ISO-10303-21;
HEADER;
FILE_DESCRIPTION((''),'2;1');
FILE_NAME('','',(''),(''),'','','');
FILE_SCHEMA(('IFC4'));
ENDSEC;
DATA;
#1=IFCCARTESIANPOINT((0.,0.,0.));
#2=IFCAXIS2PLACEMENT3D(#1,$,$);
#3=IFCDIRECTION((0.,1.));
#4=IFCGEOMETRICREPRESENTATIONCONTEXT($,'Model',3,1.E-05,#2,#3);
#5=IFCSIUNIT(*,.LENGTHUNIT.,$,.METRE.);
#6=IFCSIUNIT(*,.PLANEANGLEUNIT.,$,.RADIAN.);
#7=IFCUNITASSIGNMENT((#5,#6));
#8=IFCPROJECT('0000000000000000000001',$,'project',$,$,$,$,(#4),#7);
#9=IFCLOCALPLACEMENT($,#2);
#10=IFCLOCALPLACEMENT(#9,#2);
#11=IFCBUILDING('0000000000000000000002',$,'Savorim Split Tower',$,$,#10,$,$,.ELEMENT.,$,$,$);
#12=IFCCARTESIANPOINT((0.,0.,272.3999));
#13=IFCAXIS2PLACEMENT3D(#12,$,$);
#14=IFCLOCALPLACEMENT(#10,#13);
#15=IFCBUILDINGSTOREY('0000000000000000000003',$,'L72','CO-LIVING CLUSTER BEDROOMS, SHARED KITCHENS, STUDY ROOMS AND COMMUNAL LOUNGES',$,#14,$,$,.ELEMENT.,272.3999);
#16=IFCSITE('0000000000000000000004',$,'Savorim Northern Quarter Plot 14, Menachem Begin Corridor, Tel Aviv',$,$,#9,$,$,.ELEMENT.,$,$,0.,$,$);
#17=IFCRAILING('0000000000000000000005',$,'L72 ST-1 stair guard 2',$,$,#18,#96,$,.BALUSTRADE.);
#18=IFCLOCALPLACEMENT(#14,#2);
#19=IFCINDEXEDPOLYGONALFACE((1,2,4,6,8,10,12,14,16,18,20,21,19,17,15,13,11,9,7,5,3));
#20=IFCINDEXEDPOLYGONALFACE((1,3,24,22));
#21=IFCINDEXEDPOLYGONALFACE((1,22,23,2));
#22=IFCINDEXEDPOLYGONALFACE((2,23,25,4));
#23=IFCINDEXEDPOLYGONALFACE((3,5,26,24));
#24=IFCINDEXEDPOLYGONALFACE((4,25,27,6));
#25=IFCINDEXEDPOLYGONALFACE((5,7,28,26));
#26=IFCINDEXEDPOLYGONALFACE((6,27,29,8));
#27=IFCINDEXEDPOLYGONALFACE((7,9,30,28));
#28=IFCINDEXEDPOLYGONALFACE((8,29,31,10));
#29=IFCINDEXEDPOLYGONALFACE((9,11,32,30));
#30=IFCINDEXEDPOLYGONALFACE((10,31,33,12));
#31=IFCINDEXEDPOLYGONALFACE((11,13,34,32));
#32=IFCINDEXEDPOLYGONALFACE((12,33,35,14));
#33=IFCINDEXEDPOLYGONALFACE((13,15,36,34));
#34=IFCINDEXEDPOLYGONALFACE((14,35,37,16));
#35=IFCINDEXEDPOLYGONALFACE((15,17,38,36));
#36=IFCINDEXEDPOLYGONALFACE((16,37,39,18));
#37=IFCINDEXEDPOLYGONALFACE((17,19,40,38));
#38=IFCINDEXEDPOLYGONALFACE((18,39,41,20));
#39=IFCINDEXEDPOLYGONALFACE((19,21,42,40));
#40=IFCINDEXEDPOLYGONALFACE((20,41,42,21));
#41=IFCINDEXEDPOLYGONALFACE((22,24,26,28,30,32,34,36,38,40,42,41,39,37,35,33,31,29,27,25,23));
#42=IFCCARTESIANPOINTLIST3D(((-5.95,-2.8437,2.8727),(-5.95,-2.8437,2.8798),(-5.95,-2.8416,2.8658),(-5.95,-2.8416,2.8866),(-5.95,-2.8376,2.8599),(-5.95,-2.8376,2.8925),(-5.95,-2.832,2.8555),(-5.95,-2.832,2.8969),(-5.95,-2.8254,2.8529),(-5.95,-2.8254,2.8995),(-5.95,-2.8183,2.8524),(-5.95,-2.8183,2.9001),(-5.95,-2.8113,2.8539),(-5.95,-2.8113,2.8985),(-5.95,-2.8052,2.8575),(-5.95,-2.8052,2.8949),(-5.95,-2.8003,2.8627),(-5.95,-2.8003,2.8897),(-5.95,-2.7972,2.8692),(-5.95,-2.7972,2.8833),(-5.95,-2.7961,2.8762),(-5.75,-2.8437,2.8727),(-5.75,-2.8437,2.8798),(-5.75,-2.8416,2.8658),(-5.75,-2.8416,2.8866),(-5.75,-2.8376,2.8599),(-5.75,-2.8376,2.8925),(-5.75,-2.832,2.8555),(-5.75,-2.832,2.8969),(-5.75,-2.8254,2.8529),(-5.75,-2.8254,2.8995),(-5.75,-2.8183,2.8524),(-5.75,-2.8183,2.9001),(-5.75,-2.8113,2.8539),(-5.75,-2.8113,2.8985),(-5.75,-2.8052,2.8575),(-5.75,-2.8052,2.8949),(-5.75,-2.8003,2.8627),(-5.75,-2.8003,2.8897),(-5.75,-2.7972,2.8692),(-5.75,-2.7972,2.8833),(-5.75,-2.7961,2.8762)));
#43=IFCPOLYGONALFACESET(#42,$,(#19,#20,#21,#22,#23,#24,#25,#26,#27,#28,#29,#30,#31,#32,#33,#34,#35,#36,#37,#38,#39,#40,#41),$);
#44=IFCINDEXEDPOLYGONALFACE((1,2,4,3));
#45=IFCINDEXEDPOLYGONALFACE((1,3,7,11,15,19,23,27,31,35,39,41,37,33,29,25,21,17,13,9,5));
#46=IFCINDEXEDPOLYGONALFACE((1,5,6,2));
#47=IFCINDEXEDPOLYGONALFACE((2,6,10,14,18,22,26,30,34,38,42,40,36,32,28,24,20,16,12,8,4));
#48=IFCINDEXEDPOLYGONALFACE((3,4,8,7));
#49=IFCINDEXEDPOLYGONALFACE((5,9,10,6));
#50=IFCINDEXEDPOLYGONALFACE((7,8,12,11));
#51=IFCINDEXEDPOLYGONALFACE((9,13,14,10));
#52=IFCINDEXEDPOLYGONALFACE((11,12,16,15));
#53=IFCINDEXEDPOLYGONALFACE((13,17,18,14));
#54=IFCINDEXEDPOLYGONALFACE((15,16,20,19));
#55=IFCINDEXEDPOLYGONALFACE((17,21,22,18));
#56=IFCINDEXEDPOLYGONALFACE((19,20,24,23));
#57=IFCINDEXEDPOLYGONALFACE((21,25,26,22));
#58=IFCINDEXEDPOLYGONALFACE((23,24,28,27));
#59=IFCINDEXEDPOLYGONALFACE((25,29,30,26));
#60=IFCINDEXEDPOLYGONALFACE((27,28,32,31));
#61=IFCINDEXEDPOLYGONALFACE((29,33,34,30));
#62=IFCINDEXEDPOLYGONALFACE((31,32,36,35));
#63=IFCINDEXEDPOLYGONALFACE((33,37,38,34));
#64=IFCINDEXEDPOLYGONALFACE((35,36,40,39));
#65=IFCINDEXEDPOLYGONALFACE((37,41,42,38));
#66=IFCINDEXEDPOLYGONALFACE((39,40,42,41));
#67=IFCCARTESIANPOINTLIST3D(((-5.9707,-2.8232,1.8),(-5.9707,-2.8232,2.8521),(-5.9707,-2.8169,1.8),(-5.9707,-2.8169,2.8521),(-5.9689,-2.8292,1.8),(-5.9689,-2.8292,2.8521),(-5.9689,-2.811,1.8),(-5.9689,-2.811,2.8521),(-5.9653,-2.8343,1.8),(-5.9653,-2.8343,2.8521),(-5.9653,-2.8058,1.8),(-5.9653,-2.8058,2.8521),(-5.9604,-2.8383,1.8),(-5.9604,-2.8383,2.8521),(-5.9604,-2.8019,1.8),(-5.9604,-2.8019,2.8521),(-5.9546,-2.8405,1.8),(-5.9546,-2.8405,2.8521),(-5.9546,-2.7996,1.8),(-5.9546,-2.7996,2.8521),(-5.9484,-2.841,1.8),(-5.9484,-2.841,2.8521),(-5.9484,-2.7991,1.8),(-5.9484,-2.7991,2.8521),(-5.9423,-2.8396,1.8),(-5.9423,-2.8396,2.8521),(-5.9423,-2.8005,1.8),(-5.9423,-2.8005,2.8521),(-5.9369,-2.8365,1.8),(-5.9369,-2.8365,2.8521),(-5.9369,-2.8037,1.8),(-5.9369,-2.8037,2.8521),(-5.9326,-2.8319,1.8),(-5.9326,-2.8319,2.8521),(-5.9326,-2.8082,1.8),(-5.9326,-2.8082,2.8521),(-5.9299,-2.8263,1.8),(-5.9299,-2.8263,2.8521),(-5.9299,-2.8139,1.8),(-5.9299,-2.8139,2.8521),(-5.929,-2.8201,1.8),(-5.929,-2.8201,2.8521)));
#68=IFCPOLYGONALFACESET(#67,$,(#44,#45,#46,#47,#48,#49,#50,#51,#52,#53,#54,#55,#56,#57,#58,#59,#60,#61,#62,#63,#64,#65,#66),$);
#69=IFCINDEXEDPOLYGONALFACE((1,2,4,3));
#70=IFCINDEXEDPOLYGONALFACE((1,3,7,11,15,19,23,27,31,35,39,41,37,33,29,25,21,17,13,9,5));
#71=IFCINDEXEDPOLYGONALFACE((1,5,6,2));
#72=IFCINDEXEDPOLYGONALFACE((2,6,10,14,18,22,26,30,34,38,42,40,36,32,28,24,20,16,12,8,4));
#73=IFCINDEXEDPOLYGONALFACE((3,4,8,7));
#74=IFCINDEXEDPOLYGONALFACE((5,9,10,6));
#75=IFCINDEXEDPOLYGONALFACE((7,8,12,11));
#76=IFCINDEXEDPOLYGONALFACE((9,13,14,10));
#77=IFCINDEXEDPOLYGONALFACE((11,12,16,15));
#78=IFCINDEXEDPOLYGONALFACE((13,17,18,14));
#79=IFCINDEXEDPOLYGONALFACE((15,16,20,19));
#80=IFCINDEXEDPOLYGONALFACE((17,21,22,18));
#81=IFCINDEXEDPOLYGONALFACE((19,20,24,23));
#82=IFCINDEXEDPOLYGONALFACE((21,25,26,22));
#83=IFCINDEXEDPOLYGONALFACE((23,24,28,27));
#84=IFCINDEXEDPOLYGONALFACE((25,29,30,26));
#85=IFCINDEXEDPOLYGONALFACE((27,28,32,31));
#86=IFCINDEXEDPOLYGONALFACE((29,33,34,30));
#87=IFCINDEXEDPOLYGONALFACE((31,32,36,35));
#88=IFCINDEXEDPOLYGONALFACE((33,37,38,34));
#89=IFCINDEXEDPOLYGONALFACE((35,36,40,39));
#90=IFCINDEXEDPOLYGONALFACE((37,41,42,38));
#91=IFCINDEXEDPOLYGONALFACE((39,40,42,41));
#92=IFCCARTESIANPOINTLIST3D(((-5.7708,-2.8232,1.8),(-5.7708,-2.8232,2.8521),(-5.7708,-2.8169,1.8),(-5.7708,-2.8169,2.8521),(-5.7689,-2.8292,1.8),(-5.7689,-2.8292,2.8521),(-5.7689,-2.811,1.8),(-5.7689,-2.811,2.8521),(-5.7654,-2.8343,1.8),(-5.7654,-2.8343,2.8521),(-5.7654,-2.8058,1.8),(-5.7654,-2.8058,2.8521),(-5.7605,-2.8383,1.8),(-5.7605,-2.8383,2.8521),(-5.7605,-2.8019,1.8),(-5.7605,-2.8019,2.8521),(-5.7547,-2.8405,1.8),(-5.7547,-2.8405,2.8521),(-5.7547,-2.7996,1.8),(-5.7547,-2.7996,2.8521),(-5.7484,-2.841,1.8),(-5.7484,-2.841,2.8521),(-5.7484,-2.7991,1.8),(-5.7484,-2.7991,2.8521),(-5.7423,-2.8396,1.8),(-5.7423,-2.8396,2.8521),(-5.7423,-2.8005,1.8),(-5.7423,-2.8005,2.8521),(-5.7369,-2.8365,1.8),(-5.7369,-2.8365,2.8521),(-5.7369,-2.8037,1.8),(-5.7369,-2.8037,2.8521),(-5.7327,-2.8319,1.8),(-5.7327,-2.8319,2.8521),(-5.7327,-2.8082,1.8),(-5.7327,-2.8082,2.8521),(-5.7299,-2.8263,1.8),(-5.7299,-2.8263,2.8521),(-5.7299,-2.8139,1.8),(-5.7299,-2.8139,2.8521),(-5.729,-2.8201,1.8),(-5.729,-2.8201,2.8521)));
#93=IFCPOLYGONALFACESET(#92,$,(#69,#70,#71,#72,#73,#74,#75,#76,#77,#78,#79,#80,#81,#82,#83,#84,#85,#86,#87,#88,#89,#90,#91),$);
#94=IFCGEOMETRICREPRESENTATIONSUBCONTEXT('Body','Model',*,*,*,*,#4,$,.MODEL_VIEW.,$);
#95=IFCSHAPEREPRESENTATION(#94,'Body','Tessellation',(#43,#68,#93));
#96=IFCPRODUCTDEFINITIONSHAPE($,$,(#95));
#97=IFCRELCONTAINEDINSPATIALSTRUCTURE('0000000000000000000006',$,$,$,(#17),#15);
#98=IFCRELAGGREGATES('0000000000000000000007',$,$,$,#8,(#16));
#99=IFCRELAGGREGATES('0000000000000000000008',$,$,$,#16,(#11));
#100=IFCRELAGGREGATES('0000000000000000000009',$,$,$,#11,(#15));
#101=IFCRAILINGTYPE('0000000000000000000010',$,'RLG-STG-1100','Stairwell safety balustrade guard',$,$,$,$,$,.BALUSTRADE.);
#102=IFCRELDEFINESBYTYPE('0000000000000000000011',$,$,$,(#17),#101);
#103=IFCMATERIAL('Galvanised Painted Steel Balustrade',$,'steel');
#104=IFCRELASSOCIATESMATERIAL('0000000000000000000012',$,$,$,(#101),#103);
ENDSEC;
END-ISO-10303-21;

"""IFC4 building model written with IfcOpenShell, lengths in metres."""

from ifc_helpers import new_model, si_unit, direction, frame, origin, origin_2d, place, context, subcontext, project, spatial, circle, extrude, material, type_object, element, save


model = new_model("IFC4")

# Units and contexts
model_context = context("Model", 3, precision=1e-05, world=origin(), true_north=direction((0.0, 1.0)))
body_context = subcontext(model_context, "Body", "Model", "MODEL_VIEW")
ifc_project = project(units=[si_unit("LENGTHUNIT", "METRE"), si_unit("PLANEANGLEUNIT", "RADIAN")], contexts=[model_context])

# Site, building, storey
site_placement = place(None, origin())
site = spatial("IfcSite", under=ifc_project, at=site_placement, Name="Savorim Northern Quarter Plot 14, Menachem Begin Corridor, Tel Aviv", CompositionType="ELEMENT", RefElevation=0.0)
building_placement = place(site_placement, origin())
building = spatial("IfcBuilding", under=site, at=building_placement, Name="Savorim Split Tower", CompositionType="ELEMENT")
storey_placement = place(building_placement, frame((0.0, 0.0, 272.3999)))
storey = spatial("IfcBuildingStorey", under=building, at=storey_placement, Name="L72", Description="CO-LIVING CLUSTER BEDROOMS, SHARED KITCHENS, STUDY ROOMS AND COMMUNAL LOUNGES", CompositionType="ELEMENT", Elevation=272.3999)

# Railing
ifc_material_1 = material(Name="Galvanised Painted Steel Balustrade", Category="steel")
railing_type_1 = type_object("IfcRailingType", Name="RLG-STG-1100", Description="Stairwell safety balustrade guard", PredefinedType="BALUSTRADE", material=ifc_material_1)
railing_1_placement = place(storey_placement, frame((-5.95, -2.8201, 1.8)))
element("IfcRailing", 1, at=railing_1_placement, inside=storey, type_object=railing_type_1, Name="L72 ST-1 stair guard 2", PredefinedType="BALUSTRADE", context=body_context, shape_type="SweptSolid", body=[
    extrude(circle(Radius=0.0239, at=origin_2d()), frame((0.0, 0.0, 1.0762), z_axis=(1.0, 0.0, 0.0), x_axis=(0.0, 1.0, 0.0)), (0.0, 0.0, 1.0), 0.2),
    extrude(circle(Radius=0.021, at=origin_2d()), origin(), (0.0, 0.0, 1.0), 1.052),
    extrude(circle(Radius=0.021, at=origin_2d()), frame((0.2, 0.0, 0.0)), (0.0, 0.0, 1.0), 1.052),
])

save(model, "model.ifc")
